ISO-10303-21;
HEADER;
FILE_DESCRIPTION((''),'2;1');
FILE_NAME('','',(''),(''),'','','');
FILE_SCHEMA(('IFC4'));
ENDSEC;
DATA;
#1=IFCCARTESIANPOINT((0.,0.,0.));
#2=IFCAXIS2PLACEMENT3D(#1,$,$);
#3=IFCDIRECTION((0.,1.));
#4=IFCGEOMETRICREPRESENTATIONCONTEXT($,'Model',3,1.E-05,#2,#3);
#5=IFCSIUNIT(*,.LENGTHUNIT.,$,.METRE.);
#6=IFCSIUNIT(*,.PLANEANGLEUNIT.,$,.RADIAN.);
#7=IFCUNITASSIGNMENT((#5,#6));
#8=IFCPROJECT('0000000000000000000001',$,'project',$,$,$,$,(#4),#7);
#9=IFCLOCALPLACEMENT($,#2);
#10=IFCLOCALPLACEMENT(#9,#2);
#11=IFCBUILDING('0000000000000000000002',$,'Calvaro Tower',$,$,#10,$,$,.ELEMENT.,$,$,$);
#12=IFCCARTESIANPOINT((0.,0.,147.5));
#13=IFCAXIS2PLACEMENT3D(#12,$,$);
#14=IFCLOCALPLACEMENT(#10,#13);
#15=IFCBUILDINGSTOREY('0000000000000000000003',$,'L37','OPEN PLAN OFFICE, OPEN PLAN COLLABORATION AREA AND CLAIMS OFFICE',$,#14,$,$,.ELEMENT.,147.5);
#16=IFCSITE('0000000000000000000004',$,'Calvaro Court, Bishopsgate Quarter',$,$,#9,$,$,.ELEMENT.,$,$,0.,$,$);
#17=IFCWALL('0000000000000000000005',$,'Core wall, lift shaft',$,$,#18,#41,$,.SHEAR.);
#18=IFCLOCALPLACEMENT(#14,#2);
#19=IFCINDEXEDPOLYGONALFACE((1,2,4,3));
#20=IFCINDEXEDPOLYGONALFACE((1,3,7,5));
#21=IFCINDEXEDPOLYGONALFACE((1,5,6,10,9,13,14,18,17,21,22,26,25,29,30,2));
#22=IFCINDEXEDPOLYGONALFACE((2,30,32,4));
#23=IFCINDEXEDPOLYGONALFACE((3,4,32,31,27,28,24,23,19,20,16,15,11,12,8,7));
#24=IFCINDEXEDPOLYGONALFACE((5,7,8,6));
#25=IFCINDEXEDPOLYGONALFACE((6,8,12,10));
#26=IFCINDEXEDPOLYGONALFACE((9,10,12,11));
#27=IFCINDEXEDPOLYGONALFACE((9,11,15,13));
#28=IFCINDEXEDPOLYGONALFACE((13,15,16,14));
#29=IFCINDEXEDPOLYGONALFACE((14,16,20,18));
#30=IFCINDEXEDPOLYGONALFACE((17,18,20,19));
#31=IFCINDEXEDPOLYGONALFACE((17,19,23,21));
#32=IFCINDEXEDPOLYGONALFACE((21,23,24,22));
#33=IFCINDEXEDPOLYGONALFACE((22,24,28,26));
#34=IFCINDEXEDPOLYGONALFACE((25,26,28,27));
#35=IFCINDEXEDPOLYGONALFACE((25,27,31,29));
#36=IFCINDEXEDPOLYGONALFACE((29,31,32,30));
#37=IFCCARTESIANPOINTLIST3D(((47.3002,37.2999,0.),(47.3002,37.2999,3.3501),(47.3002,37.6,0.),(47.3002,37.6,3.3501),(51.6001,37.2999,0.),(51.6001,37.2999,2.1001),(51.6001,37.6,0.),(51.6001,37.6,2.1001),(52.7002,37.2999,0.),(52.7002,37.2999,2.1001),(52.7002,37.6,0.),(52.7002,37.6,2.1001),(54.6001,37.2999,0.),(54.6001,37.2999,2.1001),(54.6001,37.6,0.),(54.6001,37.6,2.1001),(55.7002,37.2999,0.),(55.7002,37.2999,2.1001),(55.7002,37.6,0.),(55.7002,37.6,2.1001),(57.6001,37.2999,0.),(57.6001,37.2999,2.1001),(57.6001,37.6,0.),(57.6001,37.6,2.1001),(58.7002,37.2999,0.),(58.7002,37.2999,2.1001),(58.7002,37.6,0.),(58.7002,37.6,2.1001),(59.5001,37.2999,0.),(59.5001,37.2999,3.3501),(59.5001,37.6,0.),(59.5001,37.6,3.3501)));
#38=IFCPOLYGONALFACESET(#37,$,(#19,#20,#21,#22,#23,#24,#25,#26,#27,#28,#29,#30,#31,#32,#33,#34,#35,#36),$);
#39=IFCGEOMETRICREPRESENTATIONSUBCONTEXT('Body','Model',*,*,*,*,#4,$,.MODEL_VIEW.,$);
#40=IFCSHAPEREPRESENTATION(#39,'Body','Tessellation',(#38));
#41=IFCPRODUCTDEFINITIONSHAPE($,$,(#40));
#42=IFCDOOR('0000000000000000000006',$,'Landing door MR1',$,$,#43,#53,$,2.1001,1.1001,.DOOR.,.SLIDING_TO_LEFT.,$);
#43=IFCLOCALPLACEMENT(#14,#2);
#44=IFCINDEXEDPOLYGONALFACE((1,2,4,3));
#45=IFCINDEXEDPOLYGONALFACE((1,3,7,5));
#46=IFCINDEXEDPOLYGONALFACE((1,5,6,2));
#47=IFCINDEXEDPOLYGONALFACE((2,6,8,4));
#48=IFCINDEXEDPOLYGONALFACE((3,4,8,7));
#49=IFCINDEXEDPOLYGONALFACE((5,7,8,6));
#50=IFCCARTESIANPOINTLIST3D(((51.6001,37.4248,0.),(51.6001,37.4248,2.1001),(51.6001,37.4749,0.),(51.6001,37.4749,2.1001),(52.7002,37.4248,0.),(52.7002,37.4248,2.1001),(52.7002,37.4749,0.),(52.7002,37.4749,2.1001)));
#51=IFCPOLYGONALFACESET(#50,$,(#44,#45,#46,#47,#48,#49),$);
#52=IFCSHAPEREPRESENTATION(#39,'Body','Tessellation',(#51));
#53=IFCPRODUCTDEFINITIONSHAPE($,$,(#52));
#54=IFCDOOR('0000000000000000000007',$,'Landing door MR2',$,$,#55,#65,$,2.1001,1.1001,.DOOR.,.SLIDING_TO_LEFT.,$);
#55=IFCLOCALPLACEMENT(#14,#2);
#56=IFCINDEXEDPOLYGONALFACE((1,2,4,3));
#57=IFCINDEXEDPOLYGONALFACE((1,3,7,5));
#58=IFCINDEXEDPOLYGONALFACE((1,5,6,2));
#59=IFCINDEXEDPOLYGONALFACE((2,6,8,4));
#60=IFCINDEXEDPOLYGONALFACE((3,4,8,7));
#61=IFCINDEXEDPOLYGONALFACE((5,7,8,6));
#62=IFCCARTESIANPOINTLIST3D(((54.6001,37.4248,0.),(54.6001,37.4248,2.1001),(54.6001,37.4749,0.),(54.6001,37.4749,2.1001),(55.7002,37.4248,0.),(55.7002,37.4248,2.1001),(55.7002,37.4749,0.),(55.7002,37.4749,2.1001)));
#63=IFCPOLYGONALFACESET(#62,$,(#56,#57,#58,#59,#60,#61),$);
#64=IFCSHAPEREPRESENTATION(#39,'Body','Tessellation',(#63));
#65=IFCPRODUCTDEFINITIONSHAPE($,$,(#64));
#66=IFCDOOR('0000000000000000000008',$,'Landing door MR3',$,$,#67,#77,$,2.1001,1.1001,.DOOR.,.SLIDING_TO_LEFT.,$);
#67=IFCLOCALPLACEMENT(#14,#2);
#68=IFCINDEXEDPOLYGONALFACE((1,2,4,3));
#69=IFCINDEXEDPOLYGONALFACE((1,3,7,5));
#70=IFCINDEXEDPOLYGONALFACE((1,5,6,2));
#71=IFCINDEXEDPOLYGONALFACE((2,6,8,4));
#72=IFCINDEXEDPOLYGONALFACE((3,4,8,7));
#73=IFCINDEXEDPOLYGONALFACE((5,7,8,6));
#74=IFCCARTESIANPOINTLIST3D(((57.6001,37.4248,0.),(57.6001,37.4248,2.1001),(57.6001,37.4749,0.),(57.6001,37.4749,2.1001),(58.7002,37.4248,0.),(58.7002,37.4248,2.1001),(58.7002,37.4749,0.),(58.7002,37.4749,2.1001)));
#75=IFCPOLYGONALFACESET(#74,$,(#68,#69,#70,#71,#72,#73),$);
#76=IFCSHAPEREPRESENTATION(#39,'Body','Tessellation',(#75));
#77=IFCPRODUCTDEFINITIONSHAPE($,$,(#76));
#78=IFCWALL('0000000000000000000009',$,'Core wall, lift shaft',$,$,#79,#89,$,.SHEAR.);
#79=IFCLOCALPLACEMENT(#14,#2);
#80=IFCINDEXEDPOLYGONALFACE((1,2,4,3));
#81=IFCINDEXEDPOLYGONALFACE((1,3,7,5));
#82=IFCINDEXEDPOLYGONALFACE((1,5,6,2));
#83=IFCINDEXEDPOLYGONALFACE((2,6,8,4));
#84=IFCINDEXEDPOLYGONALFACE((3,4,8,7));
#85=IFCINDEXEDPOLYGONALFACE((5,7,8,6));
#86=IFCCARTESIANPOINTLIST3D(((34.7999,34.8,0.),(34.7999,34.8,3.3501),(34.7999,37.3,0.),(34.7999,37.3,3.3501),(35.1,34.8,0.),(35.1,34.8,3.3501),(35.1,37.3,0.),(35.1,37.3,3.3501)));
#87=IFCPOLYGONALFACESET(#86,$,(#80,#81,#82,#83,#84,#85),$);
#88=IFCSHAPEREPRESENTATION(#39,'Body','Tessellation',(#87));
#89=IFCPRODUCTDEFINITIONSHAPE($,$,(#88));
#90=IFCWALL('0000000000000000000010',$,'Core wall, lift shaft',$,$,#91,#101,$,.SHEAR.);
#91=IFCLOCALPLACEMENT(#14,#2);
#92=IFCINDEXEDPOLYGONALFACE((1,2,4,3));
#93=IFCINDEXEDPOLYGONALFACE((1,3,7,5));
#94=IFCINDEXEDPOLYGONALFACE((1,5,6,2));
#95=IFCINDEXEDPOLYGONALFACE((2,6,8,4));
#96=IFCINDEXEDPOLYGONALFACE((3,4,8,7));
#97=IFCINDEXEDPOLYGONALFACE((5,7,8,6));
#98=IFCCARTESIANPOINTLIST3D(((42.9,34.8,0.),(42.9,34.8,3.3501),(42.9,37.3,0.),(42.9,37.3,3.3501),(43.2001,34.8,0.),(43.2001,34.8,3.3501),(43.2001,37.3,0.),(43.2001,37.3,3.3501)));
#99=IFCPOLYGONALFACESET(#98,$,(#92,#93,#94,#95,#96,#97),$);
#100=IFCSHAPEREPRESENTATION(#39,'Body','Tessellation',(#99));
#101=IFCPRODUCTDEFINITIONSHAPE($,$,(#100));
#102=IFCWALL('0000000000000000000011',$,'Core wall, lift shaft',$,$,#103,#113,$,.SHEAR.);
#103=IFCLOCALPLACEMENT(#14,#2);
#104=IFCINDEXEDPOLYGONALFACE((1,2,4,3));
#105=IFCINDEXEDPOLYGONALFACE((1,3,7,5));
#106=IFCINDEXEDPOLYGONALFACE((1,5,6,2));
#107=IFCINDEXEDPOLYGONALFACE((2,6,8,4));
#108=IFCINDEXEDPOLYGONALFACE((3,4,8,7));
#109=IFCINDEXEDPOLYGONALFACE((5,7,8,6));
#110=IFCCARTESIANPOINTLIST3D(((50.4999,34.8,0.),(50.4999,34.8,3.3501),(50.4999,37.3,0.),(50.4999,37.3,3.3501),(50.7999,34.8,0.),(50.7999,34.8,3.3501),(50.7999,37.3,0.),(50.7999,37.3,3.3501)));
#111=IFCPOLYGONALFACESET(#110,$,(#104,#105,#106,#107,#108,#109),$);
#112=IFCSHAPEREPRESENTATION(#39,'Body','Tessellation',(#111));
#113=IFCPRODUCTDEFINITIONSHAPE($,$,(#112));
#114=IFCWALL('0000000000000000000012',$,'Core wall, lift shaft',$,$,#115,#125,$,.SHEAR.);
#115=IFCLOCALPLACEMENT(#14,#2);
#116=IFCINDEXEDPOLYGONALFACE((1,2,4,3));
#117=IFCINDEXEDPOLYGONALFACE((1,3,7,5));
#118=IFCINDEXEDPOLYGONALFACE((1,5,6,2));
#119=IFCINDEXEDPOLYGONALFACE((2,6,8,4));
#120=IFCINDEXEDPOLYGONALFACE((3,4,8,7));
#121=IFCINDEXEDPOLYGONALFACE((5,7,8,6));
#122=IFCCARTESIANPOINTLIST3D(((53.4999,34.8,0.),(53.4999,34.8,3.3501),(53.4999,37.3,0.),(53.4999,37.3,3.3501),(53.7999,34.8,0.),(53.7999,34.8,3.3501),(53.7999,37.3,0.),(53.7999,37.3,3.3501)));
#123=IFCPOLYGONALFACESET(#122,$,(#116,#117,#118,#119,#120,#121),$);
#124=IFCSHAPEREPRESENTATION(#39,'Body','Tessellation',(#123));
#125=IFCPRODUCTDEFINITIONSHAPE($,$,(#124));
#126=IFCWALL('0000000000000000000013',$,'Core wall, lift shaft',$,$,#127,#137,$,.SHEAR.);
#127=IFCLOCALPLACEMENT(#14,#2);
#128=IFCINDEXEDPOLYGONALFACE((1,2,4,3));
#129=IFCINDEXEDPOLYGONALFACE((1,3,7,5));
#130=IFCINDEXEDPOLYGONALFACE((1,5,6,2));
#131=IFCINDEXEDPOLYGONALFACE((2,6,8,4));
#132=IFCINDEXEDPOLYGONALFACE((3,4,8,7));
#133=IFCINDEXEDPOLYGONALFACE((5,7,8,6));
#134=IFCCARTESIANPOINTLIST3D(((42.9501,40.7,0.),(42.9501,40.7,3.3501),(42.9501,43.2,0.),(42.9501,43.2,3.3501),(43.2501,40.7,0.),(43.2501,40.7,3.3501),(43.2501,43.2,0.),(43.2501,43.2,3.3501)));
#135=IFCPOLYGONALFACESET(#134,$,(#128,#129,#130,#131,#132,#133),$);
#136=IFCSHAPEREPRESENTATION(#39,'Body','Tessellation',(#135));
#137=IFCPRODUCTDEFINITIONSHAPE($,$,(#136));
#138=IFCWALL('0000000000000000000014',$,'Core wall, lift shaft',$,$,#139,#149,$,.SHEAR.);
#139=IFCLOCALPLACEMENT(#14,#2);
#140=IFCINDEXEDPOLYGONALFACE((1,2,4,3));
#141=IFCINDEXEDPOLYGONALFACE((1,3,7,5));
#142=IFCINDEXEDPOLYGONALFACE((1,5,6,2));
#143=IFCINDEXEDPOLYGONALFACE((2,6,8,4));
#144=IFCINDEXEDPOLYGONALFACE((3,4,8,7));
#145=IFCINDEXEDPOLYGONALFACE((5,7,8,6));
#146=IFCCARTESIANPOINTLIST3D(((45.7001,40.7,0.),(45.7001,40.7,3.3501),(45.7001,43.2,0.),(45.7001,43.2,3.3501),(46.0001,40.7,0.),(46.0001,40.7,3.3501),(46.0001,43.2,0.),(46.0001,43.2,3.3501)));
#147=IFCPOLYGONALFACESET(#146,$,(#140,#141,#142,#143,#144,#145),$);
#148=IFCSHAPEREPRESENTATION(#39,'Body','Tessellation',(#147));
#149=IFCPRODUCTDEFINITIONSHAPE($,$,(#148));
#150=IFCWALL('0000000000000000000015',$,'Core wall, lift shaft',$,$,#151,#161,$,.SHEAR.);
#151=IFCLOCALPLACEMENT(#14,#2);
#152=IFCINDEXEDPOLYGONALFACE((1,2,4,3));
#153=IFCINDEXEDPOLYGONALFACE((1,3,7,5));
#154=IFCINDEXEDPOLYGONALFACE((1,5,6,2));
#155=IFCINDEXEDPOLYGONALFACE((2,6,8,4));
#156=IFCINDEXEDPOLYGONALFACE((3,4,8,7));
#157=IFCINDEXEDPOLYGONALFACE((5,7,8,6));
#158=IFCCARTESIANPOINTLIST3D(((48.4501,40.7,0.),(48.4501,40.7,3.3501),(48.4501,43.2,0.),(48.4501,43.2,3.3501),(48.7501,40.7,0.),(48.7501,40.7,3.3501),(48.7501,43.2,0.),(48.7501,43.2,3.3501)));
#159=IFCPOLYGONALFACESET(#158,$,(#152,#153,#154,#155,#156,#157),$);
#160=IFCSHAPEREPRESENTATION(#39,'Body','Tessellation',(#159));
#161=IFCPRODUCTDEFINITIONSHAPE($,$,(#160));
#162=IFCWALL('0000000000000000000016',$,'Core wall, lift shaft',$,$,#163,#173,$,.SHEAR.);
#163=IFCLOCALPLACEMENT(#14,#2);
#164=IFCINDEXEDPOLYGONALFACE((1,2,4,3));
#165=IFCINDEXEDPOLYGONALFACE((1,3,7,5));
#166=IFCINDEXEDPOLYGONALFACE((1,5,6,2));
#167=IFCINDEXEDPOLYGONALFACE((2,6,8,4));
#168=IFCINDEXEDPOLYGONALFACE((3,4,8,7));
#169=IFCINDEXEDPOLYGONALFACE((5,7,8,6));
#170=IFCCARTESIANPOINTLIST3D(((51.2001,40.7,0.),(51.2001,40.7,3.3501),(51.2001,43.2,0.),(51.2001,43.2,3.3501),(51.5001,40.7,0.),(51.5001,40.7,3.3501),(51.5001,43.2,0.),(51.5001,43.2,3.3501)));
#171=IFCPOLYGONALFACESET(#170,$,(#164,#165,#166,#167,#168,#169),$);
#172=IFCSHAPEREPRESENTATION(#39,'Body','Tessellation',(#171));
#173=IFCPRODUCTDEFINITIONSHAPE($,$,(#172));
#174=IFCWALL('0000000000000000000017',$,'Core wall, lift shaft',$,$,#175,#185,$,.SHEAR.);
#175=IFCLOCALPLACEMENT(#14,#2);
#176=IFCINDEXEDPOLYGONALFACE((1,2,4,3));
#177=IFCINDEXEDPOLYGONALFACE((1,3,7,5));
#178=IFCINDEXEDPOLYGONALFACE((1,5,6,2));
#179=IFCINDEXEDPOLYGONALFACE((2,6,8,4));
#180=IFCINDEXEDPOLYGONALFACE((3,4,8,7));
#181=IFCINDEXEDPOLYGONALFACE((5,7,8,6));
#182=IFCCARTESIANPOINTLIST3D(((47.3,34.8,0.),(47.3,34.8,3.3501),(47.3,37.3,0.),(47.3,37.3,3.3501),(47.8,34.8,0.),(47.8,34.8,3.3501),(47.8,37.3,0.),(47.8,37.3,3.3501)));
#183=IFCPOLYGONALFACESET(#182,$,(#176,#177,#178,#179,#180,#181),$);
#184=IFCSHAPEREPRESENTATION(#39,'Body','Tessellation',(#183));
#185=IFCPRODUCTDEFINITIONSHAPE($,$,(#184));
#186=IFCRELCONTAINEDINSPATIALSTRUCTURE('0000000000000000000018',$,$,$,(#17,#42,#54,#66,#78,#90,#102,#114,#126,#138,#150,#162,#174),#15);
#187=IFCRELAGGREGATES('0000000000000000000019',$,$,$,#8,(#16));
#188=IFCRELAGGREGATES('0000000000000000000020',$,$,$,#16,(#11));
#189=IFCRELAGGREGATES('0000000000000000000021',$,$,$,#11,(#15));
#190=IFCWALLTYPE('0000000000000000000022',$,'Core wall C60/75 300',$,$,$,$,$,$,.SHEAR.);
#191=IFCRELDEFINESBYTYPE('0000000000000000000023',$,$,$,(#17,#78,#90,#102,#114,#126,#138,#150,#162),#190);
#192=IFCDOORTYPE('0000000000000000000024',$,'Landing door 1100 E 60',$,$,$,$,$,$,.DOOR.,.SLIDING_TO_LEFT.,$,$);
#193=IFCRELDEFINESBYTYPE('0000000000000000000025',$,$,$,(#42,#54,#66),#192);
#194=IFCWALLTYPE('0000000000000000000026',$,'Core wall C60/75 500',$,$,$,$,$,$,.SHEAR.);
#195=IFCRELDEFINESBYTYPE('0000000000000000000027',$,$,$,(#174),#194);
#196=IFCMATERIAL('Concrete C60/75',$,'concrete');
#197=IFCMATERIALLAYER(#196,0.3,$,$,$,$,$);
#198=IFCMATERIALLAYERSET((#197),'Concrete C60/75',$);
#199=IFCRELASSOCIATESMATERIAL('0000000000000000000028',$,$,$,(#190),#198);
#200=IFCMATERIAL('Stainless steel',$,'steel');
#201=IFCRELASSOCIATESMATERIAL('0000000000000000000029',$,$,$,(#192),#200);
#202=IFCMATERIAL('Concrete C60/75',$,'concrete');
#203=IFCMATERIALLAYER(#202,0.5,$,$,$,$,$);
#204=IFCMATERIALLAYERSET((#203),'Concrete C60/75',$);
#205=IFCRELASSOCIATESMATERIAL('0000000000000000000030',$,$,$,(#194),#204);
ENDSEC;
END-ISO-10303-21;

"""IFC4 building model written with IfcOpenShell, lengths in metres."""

from ifc_helpers import new_model, si_unit, direction, frame, frame_2d, origin, place, context, subcontext, project, spatial, rectangle, extrude, material, layer, layer_set, type_object, element, fill, save


model = new_model("IFC4")

# Units and contexts
model_context = context("Model", 3, precision=1e-05, world=origin(), true_north=direction((0.0, 1.0)))
body_context = subcontext(model_context, "Body", "Model", "MODEL_VIEW")
ifc_project = project(units=[si_unit("LENGTHUNIT", "METRE"), si_unit("PLANEANGLEUNIT", "RADIAN")], contexts=[model_context])

# Site, building, storey
site_placement = place(None, origin())
site = spatial("IfcSite", under=ifc_project, at=site_placement, Name="Calvaro Court, Bishopsgate Quarter", CompositionType="ELEMENT", RefElevation=0.0)
building_placement = place(site_placement, origin())
building = spatial("IfcBuilding", under=site, at=building_placement, Name="Calvaro Tower", CompositionType="ELEMENT")
storey_placement = place(building_placement, frame((0.0, 0.0, 147.5)))
storey = spatial("IfcBuildingStorey", under=building, at=storey_placement, Name="L37", Description="OPEN PLAN OFFICE, OPEN PLAN COLLABORATION AREA AND CLAIMS OFFICE", CompositionType="ELEMENT", Elevation=147.5)

# Shared definitions
ifc_material_1 = material(Name="Concrete C60/75", Category="concrete")
ifc_layer_1 = layer(ifc_material_1, 0.3)
ifc_layer_set_1 = layer_set([ifc_layer_1], Name="Concrete C60/75")
wall_type_1 = type_object("IfcWallType", Name="Core wall C60/75 300", PredefinedType="SHEAR", material=ifc_layer_set_1)

# Shared definitions
ifc_material_2 = material(Name="Stainless steel", Category="steel")
door_type_1 = type_object("IfcDoorType", Name="Landing door 1100 E 60", OperationType="SLIDING_TO_LEFT", PredefinedType="DOOR", material=ifc_material_2)

# Wall, openings, doors
wall_1_placement = place(storey_placement, frame((47.3, 37.45, 0.0), z_axis=(0.0, 0.0, 1.0), x_axis=(1.0, 0.0, 0.0)))
wall_1 = element("IfcWall", 1, at=wall_1_placement, inside=storey, type_object=wall_type_1, Name="Core wall, lift shaft", PredefinedType="SHEAR", context=body_context, shape_type="SweptSolid", body=[
    extrude(rectangle(XDim=12.2, YDim=0.3, at=frame_2d((6.1001, 0.0))), origin(), (0.0, 0.0, 1.0), 3.3501),
])
opening_1_placement = place(wall_1_placement, frame((4.3, 0.0, 0.0)))
opening_1 = element("IfcOpeningElement", 2, at=opening_1_placement, cuts=wall_1, PredefinedType="OPENING", context=body_context, shape_type="SweptSolid", body=[
    extrude(rectangle(XDim=1.1001, YDim=2.1001, at=frame_2d((0.55, 1.05))), frame((0.0, 0.1599, 0.0), z_axis=(0.0, -1.0, 0.0), x_axis=(1.0, 0.0, 0.0)), (0.0, 0.0, 1.0), 0.3201),
])
opening_2_placement = place(wall_1_placement, frame((7.3, 0.0, 0.0)))
opening_2 = element("IfcOpeningElement", 3, at=opening_2_placement, cuts=wall_1, PredefinedType="OPENING", context=body_context, shape_type="SweptSolid", body=[
    extrude(rectangle(XDim=1.1001, YDim=2.1001, at=frame_2d((0.55, 1.05))), frame((0.0, 0.1599, 0.0), z_axis=(0.0, -1.0, 0.0), x_axis=(1.0, 0.0, 0.0)), (0.0, 0.0, 1.0), 0.3201),
])
opening_3_placement = place(wall_1_placement, frame((10.3, 0.0, 0.0)))
opening_3 = element("IfcOpeningElement", 4, at=opening_3_placement, cuts=wall_1, PredefinedType="OPENING", context=body_context, shape_type="SweptSolid", body=[
    extrude(rectangle(XDim=1.1001, YDim=2.1001, at=frame_2d((0.55, 1.05))), frame((0.0, 0.1599, 0.0), z_axis=(0.0, -1.0, 0.0), x_axis=(1.0, 0.0, 0.0)), (0.0, 0.0, 1.0), 0.3201),
])
door_1_placement = place(opening_1_placement, origin())
door_1 = element("IfcDoor", 5, at=door_1_placement, inside=storey, type_object=door_type_1, Name="Landing door MR1", OperationType="SLIDING_TO_LEFT", OverallHeight=2.1001, OverallWidth=1.1001, PredefinedType="DOOR", context=body_context, shape_type="SweptSolid", body=[
    extrude(rectangle(XDim=1.1001, YDim=2.1001, at=frame_2d((0.55, 1.05))), frame((0.0, 0.0249, 0.0), z_axis=(0.0, -1.0, 0.0), x_axis=(1.0, 0.0, 0.0)), (0.0, 0.0, 1.0), 0.05),
])
fill(opening_1, door_1)
door_2_placement = place(opening_2_placement, origin())
door_2 = element("IfcDoor", 6, at=door_2_placement, inside=storey, type_object=door_type_1, Name="Landing door MR2", OperationType="SLIDING_TO_LEFT", OverallHeight=2.1001, OverallWidth=1.1001, PredefinedType="DOOR", context=body_context, shape_type="SweptSolid", body=[
    extrude(rectangle(XDim=1.1001, YDim=2.1001, at=frame_2d((0.55, 1.05))), frame((0.0, 0.0249, 0.0), z_axis=(0.0, -1.0, 0.0), x_axis=(1.0, 0.0, 0.0)), (0.0, 0.0, 1.0), 0.05),
])
fill(opening_2, door_2)
door_3_placement = place(opening_3_placement, origin())
door_3 = element("IfcDoor", 7, at=door_3_placement, inside=storey, type_object=door_type_1, Name="Landing door MR3", OperationType="SLIDING_TO_LEFT", OverallHeight=2.1001, OverallWidth=1.1001, PredefinedType="DOOR", context=body_context, shape_type="SweptSolid", body=[
    extrude(rectangle(XDim=1.1001, YDim=2.1001, at=frame_2d((0.55, 1.05))), frame((0.0, 0.0249, 0.0), z_axis=(0.0, -1.0, 0.0), x_axis=(1.0, 0.0, 0.0)), (0.0, 0.0, 1.0), 0.05),
])
fill(opening_3, door_3)

# Walls
for number, where, z_axis, x_axis, name in (
    (8, (34.95, 34.8, 0.0), (0.0, 0.0, 1.0), (0.0, 1.0, 0.0), "Core wall, lift shaft"),
    (9, (43.05, 34.8, 0.0), (0.0, 0.0, 1.0), (0.0, 1.0, 0.0), "Core wall, lift shaft"),
    (10, (50.6499, 34.8, 0.0), (0.0, 0.0, 1.0), (0.0, 1.0, 0.0), "Core wall, lift shaft"),
    (11, (53.6499, 34.8, 0.0), (0.0, 0.0, 1.0), (0.0, 1.0, 0.0), "Core wall, lift shaft"),
    (12, (43.1001, 40.7, 0.0), (0.0, 0.0, 1.0), (0.0, 1.0, 0.0), "Core wall, lift shaft"),
    (13, (45.8501, 40.7, 0.0), (0.0, 0.0, 1.0), (0.0, 1.0, 0.0), "Core wall, lift shaft"),
    (14, (48.6001, 40.7, 0.0), (0.0, 0.0, 1.0), (0.0, 1.0, 0.0), "Core wall, lift shaft"),
    (15, (51.3501, 40.7, 0.0), (0.0, 0.0, 1.0), (0.0, 1.0, 0.0), "Core wall, lift shaft"),
):
    element("IfcWall", number, at=place(storey_placement, frame(where, z_axis=z_axis, x_axis=x_axis)), inside=storey, type_object=wall_type_1, Name=name, PredefinedType="SHEAR", context=body_context, shape_type="SweptSolid", body=[
        extrude(rectangle(XDim=2.5, YDim=0.3, at=frame_2d((1.25, 0.0))), origin(), (0.0, 0.0, 1.0), 3.3501),
    ])
ifc_material_3 = material(Name="Concrete C60/75", Category="concrete")
ifc_layer_2 = layer(ifc_material_3, 0.5)
ifc_layer_set_2 = layer_set([ifc_layer_2], Name="Concrete C60/75")
wall_type_2 = type_object("IfcWallType", Name="Core wall C60/75 500", PredefinedType="SHEAR", material=ifc_layer_set_2)
wall_2_placement = place(storey_placement, frame((47.55, 34.8, 0.0), z_axis=(0.0, 0.0, 1.0), x_axis=(0.0, 1.0, 0.0)))
element("IfcWall", 16, at=wall_2_placement, inside=storey, type_object=wall_type_2, Name="Core wall, lift shaft", PredefinedType="SHEAR", context=body_context, shape_type="SweptSolid", body=[
    extrude(rectangle(XDim=2.5, YDim=0.5, at=frame_2d((1.25, 0.0))), origin(), (0.0, 0.0, 1.0), 3.3501),
])

save(model, "model.ifc")
